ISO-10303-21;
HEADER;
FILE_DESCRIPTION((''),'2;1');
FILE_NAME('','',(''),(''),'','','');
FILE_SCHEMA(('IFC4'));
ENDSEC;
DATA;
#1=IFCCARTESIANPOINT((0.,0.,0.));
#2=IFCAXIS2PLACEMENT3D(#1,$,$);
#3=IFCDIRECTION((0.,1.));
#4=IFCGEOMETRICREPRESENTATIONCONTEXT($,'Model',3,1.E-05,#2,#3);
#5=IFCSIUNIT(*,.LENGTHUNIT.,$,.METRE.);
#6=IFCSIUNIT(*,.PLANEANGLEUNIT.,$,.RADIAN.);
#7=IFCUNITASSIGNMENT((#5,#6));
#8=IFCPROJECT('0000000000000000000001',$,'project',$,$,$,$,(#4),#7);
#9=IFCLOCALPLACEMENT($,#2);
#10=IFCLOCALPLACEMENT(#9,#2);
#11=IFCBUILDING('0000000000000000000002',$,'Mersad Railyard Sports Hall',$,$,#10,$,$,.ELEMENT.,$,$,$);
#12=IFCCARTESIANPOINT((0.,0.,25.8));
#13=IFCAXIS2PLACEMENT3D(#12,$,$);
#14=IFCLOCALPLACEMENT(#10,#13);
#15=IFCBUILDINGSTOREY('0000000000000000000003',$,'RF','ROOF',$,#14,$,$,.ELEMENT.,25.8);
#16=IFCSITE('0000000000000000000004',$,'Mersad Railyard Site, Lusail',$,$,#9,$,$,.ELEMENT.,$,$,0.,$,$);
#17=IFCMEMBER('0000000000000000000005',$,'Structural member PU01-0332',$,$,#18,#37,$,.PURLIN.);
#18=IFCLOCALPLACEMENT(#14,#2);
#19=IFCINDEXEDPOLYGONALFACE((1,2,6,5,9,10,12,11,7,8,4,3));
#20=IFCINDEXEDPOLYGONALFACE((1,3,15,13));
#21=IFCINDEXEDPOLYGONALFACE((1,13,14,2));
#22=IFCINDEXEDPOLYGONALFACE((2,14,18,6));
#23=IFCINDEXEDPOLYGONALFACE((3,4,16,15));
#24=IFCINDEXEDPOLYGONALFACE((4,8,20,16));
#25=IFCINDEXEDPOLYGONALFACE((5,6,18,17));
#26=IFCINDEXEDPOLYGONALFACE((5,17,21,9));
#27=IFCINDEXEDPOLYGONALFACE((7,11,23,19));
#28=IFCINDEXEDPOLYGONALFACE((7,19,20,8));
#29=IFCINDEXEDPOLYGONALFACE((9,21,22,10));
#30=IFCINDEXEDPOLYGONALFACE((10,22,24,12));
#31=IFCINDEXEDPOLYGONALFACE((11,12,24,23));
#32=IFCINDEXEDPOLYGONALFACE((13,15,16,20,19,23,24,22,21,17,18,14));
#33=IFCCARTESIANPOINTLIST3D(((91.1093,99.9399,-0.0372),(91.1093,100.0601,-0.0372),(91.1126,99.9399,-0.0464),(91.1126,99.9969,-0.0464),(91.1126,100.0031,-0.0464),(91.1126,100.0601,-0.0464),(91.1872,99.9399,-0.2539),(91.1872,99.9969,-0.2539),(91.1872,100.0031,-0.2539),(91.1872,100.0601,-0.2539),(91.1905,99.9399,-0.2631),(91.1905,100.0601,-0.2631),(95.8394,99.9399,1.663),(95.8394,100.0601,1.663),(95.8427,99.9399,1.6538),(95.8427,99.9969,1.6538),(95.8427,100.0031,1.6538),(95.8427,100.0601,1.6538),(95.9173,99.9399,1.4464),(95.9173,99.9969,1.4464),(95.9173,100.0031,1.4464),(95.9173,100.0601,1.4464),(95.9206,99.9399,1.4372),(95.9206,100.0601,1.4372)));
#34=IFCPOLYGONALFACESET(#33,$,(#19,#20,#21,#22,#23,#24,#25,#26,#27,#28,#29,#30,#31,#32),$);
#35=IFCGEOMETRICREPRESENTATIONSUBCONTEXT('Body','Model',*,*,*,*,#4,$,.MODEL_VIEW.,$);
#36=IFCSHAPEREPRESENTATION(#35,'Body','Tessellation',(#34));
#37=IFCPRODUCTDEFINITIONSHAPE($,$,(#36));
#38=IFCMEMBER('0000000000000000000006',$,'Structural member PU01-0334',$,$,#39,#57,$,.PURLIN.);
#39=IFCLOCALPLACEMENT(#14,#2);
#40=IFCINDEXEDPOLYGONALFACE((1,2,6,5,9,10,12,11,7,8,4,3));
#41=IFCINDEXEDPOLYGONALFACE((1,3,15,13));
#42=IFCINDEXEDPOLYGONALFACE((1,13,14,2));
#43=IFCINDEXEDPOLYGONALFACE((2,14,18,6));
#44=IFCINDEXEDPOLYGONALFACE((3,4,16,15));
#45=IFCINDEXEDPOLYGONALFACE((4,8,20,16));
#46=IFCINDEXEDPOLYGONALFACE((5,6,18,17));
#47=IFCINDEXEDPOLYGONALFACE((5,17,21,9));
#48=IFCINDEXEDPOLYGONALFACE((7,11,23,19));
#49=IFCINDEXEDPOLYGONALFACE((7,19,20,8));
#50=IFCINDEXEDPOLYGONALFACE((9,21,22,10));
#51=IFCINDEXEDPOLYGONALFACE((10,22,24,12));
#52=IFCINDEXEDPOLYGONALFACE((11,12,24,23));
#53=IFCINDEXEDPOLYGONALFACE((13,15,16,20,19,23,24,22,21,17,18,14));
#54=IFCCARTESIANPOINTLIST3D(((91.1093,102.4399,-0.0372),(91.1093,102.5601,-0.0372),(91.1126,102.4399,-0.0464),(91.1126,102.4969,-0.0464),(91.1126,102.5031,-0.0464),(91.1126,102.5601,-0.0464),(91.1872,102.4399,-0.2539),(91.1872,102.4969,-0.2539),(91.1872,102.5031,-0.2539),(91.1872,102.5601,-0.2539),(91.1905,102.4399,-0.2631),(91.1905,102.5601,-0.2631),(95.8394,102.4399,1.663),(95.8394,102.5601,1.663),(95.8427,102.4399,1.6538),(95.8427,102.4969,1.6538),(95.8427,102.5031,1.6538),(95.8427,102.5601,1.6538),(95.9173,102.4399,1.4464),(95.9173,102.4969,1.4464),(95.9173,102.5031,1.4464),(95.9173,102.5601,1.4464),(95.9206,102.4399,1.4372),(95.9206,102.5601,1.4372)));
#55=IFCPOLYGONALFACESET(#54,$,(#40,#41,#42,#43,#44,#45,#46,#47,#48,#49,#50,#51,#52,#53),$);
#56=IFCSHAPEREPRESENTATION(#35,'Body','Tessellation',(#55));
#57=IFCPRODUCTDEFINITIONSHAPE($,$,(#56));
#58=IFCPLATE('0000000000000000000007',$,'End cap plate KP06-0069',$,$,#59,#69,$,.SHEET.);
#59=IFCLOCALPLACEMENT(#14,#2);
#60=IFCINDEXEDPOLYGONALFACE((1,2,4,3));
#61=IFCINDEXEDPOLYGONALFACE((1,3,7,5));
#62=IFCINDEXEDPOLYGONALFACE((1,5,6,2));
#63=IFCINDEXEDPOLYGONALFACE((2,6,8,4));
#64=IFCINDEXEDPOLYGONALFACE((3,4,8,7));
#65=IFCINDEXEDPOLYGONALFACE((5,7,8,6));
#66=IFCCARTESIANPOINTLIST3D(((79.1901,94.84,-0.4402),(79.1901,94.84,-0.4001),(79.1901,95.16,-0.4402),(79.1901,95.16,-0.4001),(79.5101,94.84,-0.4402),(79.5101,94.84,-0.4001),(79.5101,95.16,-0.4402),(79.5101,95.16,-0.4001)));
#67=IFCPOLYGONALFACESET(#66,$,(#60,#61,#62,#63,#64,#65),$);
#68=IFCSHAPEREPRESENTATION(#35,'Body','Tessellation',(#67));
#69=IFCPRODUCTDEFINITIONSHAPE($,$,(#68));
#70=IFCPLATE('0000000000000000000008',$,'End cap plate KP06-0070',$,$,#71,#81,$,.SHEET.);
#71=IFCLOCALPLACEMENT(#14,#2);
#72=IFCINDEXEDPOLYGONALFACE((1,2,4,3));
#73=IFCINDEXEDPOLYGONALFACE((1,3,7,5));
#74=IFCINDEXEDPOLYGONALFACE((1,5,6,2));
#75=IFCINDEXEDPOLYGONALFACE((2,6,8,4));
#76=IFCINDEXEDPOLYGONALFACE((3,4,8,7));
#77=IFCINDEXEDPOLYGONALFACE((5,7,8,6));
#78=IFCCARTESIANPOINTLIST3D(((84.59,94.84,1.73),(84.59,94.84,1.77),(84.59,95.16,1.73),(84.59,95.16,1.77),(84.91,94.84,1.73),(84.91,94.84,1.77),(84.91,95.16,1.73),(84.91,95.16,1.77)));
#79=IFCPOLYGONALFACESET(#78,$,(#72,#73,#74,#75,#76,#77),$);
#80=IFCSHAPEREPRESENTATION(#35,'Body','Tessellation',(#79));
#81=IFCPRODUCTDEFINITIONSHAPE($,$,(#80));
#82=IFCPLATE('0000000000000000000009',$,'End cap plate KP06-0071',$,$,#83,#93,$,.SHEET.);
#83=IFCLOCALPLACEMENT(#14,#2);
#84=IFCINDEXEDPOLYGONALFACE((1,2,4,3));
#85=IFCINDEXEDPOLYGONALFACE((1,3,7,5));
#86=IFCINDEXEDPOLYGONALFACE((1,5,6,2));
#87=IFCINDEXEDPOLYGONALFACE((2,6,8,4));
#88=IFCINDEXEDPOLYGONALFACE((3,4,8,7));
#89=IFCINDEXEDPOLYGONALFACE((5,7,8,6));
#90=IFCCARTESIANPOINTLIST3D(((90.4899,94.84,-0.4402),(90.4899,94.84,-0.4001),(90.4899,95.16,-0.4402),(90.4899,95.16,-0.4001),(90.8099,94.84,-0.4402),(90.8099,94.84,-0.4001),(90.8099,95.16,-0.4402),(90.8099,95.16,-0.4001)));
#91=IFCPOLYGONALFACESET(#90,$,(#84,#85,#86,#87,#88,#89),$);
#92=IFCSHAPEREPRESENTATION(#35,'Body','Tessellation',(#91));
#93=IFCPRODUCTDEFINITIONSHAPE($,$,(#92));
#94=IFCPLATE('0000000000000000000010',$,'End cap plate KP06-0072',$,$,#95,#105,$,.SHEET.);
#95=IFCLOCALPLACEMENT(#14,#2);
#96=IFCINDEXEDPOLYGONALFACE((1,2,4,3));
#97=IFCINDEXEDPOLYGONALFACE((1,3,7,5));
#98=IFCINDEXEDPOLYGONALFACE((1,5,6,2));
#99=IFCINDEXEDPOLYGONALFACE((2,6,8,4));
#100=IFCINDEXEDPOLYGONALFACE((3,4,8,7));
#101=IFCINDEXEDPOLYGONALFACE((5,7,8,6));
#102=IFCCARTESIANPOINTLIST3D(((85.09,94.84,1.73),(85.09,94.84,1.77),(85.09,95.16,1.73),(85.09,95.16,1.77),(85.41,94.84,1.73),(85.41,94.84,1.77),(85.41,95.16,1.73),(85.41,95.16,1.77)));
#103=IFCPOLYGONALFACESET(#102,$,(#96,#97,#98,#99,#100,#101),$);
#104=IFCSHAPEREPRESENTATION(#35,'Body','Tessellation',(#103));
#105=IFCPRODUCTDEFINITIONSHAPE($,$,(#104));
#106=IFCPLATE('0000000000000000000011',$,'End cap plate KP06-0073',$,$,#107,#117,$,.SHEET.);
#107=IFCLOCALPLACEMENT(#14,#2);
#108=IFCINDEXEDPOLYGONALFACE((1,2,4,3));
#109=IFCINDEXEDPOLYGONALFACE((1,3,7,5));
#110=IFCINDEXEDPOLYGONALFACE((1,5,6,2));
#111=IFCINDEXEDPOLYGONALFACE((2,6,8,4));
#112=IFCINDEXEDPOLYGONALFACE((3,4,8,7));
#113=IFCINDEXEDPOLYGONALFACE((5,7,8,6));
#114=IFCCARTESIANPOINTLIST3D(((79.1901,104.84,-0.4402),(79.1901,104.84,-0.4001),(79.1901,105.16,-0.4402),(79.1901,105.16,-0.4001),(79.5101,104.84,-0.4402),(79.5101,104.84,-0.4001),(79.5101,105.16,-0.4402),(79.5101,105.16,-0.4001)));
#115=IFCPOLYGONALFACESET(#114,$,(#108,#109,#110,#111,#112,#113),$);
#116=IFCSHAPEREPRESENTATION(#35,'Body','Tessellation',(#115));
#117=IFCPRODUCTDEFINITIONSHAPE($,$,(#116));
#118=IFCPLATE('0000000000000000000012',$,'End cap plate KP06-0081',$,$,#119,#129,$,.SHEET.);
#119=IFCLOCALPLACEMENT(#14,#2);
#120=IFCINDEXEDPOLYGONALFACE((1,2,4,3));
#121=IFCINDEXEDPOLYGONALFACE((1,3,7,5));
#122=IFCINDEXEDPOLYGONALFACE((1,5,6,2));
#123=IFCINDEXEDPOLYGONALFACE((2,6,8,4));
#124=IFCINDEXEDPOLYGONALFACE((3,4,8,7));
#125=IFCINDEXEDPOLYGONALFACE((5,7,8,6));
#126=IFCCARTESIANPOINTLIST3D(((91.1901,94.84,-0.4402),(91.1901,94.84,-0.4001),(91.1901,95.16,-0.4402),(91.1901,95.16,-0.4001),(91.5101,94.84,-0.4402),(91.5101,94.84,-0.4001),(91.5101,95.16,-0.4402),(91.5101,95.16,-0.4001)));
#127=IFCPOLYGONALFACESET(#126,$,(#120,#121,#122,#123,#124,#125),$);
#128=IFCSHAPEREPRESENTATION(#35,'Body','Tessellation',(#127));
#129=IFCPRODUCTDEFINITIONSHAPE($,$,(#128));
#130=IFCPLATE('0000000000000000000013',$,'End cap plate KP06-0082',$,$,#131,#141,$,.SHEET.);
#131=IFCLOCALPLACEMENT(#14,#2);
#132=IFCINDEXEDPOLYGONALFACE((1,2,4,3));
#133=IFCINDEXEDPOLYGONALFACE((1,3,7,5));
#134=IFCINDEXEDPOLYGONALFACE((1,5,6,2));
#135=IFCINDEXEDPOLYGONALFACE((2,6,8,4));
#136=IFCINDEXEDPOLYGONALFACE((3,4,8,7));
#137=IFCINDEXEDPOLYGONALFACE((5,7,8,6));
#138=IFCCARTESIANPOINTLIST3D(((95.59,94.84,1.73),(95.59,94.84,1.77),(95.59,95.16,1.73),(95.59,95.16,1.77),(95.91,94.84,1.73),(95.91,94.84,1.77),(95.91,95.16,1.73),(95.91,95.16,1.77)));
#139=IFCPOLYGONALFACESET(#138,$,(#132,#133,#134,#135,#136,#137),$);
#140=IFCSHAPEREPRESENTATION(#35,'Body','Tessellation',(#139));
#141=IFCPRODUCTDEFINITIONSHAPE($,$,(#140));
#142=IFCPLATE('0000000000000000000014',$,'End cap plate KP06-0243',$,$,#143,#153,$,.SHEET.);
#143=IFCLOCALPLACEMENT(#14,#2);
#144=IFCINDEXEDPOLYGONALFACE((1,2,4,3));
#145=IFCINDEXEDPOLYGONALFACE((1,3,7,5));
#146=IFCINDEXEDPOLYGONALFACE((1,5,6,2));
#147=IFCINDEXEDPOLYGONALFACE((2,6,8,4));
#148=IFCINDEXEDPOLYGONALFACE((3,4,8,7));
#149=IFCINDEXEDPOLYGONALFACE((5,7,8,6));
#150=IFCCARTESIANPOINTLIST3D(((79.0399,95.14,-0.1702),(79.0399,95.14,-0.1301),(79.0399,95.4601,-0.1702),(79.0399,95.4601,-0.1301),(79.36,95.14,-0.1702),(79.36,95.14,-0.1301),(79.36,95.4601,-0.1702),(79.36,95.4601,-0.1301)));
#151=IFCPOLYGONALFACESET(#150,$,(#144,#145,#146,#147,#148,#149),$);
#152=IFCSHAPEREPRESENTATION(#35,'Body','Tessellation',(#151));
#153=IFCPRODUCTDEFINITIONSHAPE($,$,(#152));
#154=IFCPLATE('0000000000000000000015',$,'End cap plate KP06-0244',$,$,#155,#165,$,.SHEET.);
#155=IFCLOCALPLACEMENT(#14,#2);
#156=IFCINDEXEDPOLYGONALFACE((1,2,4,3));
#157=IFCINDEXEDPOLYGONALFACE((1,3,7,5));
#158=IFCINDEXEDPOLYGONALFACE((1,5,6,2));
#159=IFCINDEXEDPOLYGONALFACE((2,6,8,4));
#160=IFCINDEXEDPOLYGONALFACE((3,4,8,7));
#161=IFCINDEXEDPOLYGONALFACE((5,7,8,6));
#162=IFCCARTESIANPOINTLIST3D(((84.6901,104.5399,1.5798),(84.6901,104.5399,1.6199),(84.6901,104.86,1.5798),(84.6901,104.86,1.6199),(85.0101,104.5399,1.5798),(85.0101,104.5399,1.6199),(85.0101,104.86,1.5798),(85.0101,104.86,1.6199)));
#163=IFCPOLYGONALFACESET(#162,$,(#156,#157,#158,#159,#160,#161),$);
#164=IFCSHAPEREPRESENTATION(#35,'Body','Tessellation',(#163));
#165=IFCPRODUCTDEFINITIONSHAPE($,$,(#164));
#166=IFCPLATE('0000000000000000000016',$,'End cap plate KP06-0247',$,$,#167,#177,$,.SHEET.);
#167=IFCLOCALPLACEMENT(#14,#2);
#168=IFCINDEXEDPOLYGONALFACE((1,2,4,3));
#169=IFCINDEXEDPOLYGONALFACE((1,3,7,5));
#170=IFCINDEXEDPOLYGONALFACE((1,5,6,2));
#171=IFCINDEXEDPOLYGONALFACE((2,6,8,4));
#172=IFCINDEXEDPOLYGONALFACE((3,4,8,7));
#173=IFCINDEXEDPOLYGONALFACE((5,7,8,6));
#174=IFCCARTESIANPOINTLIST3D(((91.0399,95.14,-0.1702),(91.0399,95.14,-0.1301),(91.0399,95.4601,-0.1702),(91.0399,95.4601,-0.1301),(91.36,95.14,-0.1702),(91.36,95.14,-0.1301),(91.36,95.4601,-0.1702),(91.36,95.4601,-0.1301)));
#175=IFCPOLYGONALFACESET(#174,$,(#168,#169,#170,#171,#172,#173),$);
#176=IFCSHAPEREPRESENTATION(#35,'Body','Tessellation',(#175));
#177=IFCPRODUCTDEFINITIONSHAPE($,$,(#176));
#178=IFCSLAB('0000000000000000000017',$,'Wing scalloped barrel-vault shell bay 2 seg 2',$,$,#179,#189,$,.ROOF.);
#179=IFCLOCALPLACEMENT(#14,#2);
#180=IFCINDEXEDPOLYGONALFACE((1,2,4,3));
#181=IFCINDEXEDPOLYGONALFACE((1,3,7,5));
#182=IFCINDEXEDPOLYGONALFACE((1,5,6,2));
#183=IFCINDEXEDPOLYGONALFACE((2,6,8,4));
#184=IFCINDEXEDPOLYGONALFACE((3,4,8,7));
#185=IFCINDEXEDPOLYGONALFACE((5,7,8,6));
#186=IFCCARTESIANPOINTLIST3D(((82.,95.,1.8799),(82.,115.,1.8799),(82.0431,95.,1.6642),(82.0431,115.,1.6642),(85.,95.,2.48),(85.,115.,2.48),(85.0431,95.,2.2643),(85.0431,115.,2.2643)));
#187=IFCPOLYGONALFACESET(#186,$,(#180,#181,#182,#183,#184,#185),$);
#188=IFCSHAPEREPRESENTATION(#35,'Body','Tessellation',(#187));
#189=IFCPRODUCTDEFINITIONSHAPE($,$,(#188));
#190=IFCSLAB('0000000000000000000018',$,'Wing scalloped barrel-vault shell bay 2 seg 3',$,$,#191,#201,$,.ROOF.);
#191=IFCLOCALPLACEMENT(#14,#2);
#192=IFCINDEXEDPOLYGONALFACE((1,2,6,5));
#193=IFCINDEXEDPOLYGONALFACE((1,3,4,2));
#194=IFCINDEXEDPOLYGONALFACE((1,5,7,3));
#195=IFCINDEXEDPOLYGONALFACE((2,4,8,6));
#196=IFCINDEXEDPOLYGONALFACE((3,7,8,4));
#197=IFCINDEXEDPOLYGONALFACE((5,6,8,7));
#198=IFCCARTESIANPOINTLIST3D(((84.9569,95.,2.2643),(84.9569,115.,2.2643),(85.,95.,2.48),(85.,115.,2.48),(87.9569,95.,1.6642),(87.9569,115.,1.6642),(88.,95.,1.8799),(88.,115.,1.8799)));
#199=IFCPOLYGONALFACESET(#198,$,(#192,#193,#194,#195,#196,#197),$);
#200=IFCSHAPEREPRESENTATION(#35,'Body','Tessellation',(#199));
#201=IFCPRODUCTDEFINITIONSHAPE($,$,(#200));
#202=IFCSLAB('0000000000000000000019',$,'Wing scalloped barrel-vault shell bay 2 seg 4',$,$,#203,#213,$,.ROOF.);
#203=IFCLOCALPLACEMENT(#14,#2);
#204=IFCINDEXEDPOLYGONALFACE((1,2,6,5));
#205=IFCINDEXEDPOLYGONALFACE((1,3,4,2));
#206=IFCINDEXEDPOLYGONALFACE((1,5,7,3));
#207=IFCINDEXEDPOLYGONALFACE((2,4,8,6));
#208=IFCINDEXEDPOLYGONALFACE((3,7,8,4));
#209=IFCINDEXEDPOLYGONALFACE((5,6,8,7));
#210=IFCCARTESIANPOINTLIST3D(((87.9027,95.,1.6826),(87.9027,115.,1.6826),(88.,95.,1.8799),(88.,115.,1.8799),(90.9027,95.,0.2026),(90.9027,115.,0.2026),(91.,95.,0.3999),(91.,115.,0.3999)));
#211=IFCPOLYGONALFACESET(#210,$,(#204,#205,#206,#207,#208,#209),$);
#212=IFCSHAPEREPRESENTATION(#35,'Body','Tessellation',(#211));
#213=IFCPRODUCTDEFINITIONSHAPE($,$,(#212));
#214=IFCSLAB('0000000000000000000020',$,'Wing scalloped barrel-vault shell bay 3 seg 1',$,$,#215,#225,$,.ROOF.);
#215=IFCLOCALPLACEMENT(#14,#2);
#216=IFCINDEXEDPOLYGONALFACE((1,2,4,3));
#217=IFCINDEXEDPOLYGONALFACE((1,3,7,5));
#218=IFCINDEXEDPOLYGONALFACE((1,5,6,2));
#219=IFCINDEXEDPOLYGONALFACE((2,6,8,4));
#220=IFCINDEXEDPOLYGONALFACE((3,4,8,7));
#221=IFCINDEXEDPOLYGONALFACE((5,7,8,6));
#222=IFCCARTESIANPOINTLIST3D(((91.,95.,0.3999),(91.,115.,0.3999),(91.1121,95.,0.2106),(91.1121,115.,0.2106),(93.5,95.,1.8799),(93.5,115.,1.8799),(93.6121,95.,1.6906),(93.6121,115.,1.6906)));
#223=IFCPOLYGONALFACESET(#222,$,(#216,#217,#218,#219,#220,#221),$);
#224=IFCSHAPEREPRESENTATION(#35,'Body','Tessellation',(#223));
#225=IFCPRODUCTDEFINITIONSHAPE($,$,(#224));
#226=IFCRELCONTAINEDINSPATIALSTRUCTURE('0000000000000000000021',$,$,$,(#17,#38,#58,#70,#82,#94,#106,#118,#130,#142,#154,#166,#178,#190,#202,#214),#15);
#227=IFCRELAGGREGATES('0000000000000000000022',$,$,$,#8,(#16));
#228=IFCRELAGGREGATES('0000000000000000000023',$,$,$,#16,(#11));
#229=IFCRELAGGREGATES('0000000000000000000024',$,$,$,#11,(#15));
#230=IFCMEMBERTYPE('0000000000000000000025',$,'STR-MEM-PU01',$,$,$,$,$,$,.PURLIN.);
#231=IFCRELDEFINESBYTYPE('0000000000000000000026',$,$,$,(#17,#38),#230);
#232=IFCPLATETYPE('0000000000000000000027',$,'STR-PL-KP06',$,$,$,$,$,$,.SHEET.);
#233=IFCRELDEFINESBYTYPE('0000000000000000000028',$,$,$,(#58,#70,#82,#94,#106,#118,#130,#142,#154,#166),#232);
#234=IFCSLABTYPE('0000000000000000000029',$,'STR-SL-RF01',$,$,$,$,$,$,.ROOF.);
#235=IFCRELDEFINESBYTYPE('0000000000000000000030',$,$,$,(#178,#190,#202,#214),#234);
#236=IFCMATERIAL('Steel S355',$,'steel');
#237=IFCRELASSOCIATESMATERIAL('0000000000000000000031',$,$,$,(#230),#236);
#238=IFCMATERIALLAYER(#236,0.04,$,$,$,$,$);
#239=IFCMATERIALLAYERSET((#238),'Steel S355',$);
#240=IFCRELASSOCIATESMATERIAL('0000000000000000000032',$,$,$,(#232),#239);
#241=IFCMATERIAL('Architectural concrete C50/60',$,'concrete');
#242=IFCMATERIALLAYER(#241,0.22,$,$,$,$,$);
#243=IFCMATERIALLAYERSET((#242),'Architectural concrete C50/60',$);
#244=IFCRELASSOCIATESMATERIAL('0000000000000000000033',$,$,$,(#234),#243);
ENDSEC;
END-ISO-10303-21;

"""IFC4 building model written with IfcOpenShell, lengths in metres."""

from ifc_helpers import new_model, si_unit, direction, frame, origin, origin_2d, place, context, subcontext, project, spatial, polyline, rectangle, i_section, outline, extrude, material, layer, layer_set, material_profile, profile_set, type_object, element, save


model = new_model("IFC4")

# Units and contexts
model_context = context("Model", 3, precision=1e-05, world=origin(), true_north=direction((0.0, 1.0)))
body_context = subcontext(model_context, "Body", "Model", "MODEL_VIEW")
ifc_project = project(units=[si_unit("LENGTHUNIT", "METRE"), si_unit("PLANEANGLEUNIT", "RADIAN")], contexts=[model_context])

# Site, building, storey
site_placement = place(None, origin())
site = spatial("IfcSite", under=ifc_project, at=site_placement, Name="Mersad Railyard Site, Lusail", CompositionType="ELEMENT", RefElevation=0.0)
building_placement = place(site_placement, origin())
building = spatial("IfcBuilding", under=site, at=building_placement, Name="Mersad Railyard Sports Hall", CompositionType="ELEMENT")
storey_placement = place(building_placement, frame((0.0, 0.0, 25.8)))
storey = spatial("IfcBuildingStorey", under=building, at=storey_placement, Name="RF", Description="ROOF", CompositionType="ELEMENT", Elevation=25.8)

# Shared definitions
ifc_material_1 = material(Name="Steel S355", Category="steel")
ifc_material_2 = material(Name="Architectural concrete C50/60", Category="concrete")

# Members
ifc_material_profile_1 = material_profile(ifc_material_1, i_section(OverallWidth=0.1201, OverallDepth=0.24, WebThickness=0.0061, FlangeThickness=0.0098, at=origin_2d()), Name="IPE 240")
ifc_profile_set_1 = profile_set([ifc_material_profile_1], Name="Steel S355")
member_type_1 = type_object("IfcMemberType", Name="STR-MEM-PU01", PredefinedType="PURLIN", material=ifc_profile_set_1)
for number, where, z_axis, x_axis, name in (
    (1, (91.1499, 100.0, -0.1501), (0.941052, 0.0, 0.338262), (0.0, 1.0, 0.0), "Structural member PU01-0332"),
    (2, (91.1499, 102.5, -0.1501), (0.941052, 0.0, 0.338262), (0.0, 1.0, 0.0), "Structural member PU01-0334"),
):
    element("IfcMember", number, at=place(storey_placement, frame(where, z_axis=z_axis, x_axis=x_axis)), inside=storey, type_object=member_type_1, Name=name, PredefinedType="PURLIN", context=body_context, shape_type="SweptSolid", body=[
        extrude(i_section(OverallWidth=0.1201, OverallDepth=0.24, WebThickness=0.0061, FlangeThickness=0.0098, at=origin_2d()), origin(), (0.0, 0.0, 1.0), 5.0264),
    ])

# Plates
ifc_layer_1 = layer(ifc_material_1, 0.04)
ifc_layer_set_1 = layer_set([ifc_layer_1], Name="Steel S355")
plate_type = type_object("IfcPlateType", Name="STR-PL-KP06", PredefinedType="SHEET", material=ifc_layer_set_1)
for number, where, z_axis, x_axis, name in (
    (3, (79.3501, 95.0, -0.4402), (0.0, 0.0, 1.0), (1.0, 0.0, 0.0), "End cap plate KP06-0069"),
    (4, (84.75, 95.0, 1.73), (0.0, 0.0, 1.0), (1.0, 0.0, 0.0), "End cap plate KP06-0070"),
    (5, (90.6499, 95.0, -0.4402), (0.0, 0.0, 1.0), (1.0, 0.0, 0.0), "End cap plate KP06-0071"),
    (6, (85.25, 95.0, 1.73), (0.0, 0.0, 1.0), (1.0, 0.0, 0.0), "End cap plate KP06-0072"),
    (7, (79.3501, 105.0, -0.4402), (0.0, 0.0, 1.0), (1.0, 0.0, 0.0), "End cap plate KP06-0073"),
    (8, (91.3501, 95.0, -0.4402), (0.0, 0.0, 1.0), (1.0, 0.0, 0.0), "End cap plate KP06-0081"),
    (9, (95.75, 95.0, 1.73), (0.0, 0.0, 1.0), (1.0, 0.0, 0.0), "End cap plate KP06-0082"),
    (10, (79.2, 95.3, -0.1702), (0.0, 0.0, 1.0), (1.0, 0.0, 0.0), "End cap plate KP06-0243"),
    (11, (84.8501, 104.7, 1.5798), (0.0, 0.0, 1.0), (1.0, 0.0, 0.0), "End cap plate KP06-0244"),
    (12, (91.2, 95.3, -0.1702), (0.0, 0.0, 1.0), (1.0, 0.0, 0.0), "End cap plate KP06-0247"),
):
    element("IfcPlate", number, at=place(storey_placement, frame(where, z_axis=z_axis, x_axis=x_axis)), inside=storey, type_object=plate_type, Name=name, PredefinedType="SHEET", context=body_context, shape_type="SweptSolid", body=[
        extrude(rectangle(XDim=0.3201, YDim=0.3201, at=origin_2d()), origin(), (0.0, 0.0, 1.0), 0.04),
    ])

# Slabs
ifc_layer_2 = layer(ifc_material_2, 0.22)
ifc_layer_set_2 = layer_set([ifc_layer_2], Name="Architectural concrete C50/60")
slab_type = type_object("IfcSlabType", Name="STR-SL-RF01", PredefinedType="ROOF", material=ifc_layer_set_2)
for number, where, z_axis, x_axis, name in (
    (13, (82.0, 95.0, 1.8799), (-0.196147, 0.0, 0.980575), (0.980575, 0.0, 0.196147), "Wing scalloped barrel-vault shell bay 2 seg 2"),
    (14, (85.0, 95.0, 2.48), (0.196147, 0.0, 0.980575), (0.980575, 0.0, -0.196147), "Wing scalloped barrel-vault shell bay 2 seg 3"),
):
    element("IfcSlab", number, at=place(storey_placement, frame(where, z_axis=z_axis, x_axis=x_axis)), inside=storey, type_object=slab_type, Name=name, PredefinedType="ROOF", context=body_context, shape_type="SweptSolid", body=[
        extrude(outline(polyline([(0.0, 0.0), (3.0594, 0.0), (3.0594, 20.0), (0.0, 20.0), (0.0, 0.0)])), origin(), (0.0, 0.0, -1.0), 0.22),
    ])
slab_1_placement = place(storey_placement, frame((88.0, 95.0, 1.8799), z_axis=(0.44242, 0.0, 0.896808), x_axis=(0.896808, 0.0, -0.44242)))
element("IfcSlab", 15, at=slab_1_placement, inside=storey, type_object=slab_type, Name="Wing scalloped barrel-vault shell bay 2 seg 4", PredefinedType="ROOF", context=body_context, shape_type="SweptSolid", body=[
    extrude(outline(polyline([(0.0, 0.0), (3.3452, 0.0), (3.3452, 20.0), (0.0, 20.0), (0.0, 0.0)])), origin(), (0.0, 0.0, -1.0), 0.22),
])
slab_2_placement = place(storey_placement, frame((91.0, 95.0, 0.3999), z_axis=(-0.50942, 0.0, 0.860518), x_axis=(0.860518, 0.0, 0.50942)))
element("IfcSlab", 16, at=slab_2_placement, inside=storey, type_object=slab_type, Name="Wing scalloped barrel-vault shell bay 3 seg 1", PredefinedType="ROOF", context=body_context, shape_type="SweptSolid", body=[
    extrude(outline(polyline([(0.0, 0.0), (2.9052, 0.0), (2.9052, 20.0), (0.0, 20.0), (0.0, 0.0)])), origin(), (0.0, 0.0, -1.0), 0.22),
])

save(model, "model.ifc")
